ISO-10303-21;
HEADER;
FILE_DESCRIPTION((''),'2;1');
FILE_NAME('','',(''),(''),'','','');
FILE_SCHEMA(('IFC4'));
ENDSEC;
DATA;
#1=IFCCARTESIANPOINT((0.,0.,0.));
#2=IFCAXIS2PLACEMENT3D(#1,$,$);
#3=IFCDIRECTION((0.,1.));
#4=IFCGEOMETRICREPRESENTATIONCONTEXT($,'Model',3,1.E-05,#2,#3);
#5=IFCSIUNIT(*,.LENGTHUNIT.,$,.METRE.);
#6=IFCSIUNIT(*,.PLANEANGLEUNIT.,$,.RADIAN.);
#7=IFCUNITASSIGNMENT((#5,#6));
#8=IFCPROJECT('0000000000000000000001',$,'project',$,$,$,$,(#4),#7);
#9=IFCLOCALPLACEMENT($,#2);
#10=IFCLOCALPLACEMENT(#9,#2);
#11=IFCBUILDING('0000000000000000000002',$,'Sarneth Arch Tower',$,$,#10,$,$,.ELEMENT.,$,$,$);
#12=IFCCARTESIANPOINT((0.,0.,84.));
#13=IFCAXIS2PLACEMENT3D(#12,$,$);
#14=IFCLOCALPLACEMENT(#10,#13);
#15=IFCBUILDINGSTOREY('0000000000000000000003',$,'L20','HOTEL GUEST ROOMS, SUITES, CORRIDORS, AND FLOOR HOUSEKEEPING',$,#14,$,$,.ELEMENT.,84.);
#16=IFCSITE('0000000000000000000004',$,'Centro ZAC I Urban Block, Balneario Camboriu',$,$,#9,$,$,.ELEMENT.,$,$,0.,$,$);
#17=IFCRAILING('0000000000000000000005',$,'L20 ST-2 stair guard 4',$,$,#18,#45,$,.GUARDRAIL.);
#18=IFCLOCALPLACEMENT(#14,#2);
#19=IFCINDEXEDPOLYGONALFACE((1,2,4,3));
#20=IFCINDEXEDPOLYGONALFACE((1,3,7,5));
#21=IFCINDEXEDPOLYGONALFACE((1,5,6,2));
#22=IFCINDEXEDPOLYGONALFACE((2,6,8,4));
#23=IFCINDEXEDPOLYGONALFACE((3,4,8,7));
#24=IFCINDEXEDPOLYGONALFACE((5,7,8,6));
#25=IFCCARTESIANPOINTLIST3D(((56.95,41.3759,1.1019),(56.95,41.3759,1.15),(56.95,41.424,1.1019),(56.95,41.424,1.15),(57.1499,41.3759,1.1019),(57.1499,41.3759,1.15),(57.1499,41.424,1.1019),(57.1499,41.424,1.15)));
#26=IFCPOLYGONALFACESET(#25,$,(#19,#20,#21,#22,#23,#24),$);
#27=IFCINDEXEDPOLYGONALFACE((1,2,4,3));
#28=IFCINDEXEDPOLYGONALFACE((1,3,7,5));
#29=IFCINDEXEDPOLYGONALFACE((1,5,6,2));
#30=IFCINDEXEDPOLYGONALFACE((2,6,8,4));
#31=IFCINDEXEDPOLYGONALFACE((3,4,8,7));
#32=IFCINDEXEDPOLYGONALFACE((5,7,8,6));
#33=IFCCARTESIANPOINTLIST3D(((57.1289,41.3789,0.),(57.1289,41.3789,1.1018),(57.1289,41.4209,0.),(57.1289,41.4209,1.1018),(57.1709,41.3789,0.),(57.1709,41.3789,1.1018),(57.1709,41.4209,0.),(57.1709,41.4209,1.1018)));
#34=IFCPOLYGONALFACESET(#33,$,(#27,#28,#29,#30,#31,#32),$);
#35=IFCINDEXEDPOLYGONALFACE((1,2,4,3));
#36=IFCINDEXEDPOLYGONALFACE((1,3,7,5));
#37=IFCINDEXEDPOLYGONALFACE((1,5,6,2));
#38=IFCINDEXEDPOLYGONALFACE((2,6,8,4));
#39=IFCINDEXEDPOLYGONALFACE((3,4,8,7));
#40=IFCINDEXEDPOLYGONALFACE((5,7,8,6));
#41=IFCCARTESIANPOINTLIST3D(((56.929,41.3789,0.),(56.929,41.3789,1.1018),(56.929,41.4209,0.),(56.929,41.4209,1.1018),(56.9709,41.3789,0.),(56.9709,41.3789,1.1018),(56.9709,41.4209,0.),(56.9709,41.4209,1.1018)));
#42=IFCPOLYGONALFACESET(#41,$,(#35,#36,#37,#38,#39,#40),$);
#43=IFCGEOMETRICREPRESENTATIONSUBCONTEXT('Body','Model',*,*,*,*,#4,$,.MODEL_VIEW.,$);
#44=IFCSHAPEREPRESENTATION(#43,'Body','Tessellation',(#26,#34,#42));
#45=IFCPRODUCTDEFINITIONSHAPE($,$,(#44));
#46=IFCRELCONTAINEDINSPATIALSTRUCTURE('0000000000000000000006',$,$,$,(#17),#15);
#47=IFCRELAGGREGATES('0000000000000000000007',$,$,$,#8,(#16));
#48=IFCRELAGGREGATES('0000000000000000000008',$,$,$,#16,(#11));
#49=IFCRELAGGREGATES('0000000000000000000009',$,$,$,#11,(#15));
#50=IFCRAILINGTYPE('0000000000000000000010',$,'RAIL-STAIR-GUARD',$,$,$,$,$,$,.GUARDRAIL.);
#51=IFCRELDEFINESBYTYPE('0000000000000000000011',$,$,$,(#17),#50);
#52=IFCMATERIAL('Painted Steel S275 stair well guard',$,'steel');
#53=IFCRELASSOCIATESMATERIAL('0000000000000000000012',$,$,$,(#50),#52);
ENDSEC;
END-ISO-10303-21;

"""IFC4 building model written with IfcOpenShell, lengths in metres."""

from ifc_helpers import new_model, si_unit, direction, frame, origin, origin_2d, place, context, subcontext, project, spatial, rectangle, extrude, material, type_object, element, save


model = new_model("IFC4")

# Units and contexts
model_context = context("Model", 3, precision=1e-05, world=origin(), true_north=direction((0.0, 1.0)))
body_context = subcontext(model_context, "Body", "Model", "MODEL_VIEW")
ifc_project = project(units=[si_unit("LENGTHUNIT", "METRE"), si_unit("PLANEANGLEUNIT", "RADIAN")], contexts=[model_context])

# Site, building, storey
site_placement = place(None, origin())
site = spatial("IfcSite", under=ifc_project, at=site_placement, Name="Centro ZAC I Urban Block, Balneario Camboriu", CompositionType="ELEMENT", RefElevation=0.0)
building_placement = place(site_placement, origin())
building = spatial("IfcBuilding", under=site, at=building_placement, Name="Sarneth Arch Tower", CompositionType="ELEMENT")
storey_placement = place(building_placement, frame((0.0, 0.0, 84.0)))
storey = spatial("IfcBuildingStorey", under=building, at=storey_placement, Name="L20", Description="HOTEL GUEST ROOMS, SUITES, CORRIDORS, AND FLOOR HOUSEKEEPING", CompositionType="ELEMENT", Elevation=84.0)

# Railing
ifc_material_1 = material(Name="Painted Steel S275 stair well guard", Category="steel")
railing_type_1 = type_object("IfcRailingType", Name="RAIL-STAIR-GUARD", PredefinedType="GUARDRAIL", material=ifc_material_1)
railing_1_placement = place(storey_placement, frame((57.1499, 41.3999, 0.0)))
element("IfcRailing", 1, at=railing_1_placement, inside=storey, type_object=railing_type_1, Name="L20 ST-2 stair guard 4", PredefinedType="GUARDRAIL", context=body_context, shape_type="SweptSolid", body=[
    extrude(rectangle(XDim=0.0481, YDim=0.0481, at=origin_2d()), frame((0.0, 0.0, 1.126), z_axis=(-1.0, 0.0, 0.0), x_axis=(0.0, -1.0, 0.0)), (0.0, 0.0, 1.0), 0.2),
    extrude(rectangle(XDim=0.042, YDim=0.042, at=origin_2d()), origin(), (0.0, 0.0, 1.0), 1.1018),
    extrude(rectangle(XDim=0.042, YDim=0.042, at=origin_2d()), frame((-0.2, 0.0, 0.0)), (0.0, 0.0, 1.0), 1.1018),
])

save(model, "model.ifc")
